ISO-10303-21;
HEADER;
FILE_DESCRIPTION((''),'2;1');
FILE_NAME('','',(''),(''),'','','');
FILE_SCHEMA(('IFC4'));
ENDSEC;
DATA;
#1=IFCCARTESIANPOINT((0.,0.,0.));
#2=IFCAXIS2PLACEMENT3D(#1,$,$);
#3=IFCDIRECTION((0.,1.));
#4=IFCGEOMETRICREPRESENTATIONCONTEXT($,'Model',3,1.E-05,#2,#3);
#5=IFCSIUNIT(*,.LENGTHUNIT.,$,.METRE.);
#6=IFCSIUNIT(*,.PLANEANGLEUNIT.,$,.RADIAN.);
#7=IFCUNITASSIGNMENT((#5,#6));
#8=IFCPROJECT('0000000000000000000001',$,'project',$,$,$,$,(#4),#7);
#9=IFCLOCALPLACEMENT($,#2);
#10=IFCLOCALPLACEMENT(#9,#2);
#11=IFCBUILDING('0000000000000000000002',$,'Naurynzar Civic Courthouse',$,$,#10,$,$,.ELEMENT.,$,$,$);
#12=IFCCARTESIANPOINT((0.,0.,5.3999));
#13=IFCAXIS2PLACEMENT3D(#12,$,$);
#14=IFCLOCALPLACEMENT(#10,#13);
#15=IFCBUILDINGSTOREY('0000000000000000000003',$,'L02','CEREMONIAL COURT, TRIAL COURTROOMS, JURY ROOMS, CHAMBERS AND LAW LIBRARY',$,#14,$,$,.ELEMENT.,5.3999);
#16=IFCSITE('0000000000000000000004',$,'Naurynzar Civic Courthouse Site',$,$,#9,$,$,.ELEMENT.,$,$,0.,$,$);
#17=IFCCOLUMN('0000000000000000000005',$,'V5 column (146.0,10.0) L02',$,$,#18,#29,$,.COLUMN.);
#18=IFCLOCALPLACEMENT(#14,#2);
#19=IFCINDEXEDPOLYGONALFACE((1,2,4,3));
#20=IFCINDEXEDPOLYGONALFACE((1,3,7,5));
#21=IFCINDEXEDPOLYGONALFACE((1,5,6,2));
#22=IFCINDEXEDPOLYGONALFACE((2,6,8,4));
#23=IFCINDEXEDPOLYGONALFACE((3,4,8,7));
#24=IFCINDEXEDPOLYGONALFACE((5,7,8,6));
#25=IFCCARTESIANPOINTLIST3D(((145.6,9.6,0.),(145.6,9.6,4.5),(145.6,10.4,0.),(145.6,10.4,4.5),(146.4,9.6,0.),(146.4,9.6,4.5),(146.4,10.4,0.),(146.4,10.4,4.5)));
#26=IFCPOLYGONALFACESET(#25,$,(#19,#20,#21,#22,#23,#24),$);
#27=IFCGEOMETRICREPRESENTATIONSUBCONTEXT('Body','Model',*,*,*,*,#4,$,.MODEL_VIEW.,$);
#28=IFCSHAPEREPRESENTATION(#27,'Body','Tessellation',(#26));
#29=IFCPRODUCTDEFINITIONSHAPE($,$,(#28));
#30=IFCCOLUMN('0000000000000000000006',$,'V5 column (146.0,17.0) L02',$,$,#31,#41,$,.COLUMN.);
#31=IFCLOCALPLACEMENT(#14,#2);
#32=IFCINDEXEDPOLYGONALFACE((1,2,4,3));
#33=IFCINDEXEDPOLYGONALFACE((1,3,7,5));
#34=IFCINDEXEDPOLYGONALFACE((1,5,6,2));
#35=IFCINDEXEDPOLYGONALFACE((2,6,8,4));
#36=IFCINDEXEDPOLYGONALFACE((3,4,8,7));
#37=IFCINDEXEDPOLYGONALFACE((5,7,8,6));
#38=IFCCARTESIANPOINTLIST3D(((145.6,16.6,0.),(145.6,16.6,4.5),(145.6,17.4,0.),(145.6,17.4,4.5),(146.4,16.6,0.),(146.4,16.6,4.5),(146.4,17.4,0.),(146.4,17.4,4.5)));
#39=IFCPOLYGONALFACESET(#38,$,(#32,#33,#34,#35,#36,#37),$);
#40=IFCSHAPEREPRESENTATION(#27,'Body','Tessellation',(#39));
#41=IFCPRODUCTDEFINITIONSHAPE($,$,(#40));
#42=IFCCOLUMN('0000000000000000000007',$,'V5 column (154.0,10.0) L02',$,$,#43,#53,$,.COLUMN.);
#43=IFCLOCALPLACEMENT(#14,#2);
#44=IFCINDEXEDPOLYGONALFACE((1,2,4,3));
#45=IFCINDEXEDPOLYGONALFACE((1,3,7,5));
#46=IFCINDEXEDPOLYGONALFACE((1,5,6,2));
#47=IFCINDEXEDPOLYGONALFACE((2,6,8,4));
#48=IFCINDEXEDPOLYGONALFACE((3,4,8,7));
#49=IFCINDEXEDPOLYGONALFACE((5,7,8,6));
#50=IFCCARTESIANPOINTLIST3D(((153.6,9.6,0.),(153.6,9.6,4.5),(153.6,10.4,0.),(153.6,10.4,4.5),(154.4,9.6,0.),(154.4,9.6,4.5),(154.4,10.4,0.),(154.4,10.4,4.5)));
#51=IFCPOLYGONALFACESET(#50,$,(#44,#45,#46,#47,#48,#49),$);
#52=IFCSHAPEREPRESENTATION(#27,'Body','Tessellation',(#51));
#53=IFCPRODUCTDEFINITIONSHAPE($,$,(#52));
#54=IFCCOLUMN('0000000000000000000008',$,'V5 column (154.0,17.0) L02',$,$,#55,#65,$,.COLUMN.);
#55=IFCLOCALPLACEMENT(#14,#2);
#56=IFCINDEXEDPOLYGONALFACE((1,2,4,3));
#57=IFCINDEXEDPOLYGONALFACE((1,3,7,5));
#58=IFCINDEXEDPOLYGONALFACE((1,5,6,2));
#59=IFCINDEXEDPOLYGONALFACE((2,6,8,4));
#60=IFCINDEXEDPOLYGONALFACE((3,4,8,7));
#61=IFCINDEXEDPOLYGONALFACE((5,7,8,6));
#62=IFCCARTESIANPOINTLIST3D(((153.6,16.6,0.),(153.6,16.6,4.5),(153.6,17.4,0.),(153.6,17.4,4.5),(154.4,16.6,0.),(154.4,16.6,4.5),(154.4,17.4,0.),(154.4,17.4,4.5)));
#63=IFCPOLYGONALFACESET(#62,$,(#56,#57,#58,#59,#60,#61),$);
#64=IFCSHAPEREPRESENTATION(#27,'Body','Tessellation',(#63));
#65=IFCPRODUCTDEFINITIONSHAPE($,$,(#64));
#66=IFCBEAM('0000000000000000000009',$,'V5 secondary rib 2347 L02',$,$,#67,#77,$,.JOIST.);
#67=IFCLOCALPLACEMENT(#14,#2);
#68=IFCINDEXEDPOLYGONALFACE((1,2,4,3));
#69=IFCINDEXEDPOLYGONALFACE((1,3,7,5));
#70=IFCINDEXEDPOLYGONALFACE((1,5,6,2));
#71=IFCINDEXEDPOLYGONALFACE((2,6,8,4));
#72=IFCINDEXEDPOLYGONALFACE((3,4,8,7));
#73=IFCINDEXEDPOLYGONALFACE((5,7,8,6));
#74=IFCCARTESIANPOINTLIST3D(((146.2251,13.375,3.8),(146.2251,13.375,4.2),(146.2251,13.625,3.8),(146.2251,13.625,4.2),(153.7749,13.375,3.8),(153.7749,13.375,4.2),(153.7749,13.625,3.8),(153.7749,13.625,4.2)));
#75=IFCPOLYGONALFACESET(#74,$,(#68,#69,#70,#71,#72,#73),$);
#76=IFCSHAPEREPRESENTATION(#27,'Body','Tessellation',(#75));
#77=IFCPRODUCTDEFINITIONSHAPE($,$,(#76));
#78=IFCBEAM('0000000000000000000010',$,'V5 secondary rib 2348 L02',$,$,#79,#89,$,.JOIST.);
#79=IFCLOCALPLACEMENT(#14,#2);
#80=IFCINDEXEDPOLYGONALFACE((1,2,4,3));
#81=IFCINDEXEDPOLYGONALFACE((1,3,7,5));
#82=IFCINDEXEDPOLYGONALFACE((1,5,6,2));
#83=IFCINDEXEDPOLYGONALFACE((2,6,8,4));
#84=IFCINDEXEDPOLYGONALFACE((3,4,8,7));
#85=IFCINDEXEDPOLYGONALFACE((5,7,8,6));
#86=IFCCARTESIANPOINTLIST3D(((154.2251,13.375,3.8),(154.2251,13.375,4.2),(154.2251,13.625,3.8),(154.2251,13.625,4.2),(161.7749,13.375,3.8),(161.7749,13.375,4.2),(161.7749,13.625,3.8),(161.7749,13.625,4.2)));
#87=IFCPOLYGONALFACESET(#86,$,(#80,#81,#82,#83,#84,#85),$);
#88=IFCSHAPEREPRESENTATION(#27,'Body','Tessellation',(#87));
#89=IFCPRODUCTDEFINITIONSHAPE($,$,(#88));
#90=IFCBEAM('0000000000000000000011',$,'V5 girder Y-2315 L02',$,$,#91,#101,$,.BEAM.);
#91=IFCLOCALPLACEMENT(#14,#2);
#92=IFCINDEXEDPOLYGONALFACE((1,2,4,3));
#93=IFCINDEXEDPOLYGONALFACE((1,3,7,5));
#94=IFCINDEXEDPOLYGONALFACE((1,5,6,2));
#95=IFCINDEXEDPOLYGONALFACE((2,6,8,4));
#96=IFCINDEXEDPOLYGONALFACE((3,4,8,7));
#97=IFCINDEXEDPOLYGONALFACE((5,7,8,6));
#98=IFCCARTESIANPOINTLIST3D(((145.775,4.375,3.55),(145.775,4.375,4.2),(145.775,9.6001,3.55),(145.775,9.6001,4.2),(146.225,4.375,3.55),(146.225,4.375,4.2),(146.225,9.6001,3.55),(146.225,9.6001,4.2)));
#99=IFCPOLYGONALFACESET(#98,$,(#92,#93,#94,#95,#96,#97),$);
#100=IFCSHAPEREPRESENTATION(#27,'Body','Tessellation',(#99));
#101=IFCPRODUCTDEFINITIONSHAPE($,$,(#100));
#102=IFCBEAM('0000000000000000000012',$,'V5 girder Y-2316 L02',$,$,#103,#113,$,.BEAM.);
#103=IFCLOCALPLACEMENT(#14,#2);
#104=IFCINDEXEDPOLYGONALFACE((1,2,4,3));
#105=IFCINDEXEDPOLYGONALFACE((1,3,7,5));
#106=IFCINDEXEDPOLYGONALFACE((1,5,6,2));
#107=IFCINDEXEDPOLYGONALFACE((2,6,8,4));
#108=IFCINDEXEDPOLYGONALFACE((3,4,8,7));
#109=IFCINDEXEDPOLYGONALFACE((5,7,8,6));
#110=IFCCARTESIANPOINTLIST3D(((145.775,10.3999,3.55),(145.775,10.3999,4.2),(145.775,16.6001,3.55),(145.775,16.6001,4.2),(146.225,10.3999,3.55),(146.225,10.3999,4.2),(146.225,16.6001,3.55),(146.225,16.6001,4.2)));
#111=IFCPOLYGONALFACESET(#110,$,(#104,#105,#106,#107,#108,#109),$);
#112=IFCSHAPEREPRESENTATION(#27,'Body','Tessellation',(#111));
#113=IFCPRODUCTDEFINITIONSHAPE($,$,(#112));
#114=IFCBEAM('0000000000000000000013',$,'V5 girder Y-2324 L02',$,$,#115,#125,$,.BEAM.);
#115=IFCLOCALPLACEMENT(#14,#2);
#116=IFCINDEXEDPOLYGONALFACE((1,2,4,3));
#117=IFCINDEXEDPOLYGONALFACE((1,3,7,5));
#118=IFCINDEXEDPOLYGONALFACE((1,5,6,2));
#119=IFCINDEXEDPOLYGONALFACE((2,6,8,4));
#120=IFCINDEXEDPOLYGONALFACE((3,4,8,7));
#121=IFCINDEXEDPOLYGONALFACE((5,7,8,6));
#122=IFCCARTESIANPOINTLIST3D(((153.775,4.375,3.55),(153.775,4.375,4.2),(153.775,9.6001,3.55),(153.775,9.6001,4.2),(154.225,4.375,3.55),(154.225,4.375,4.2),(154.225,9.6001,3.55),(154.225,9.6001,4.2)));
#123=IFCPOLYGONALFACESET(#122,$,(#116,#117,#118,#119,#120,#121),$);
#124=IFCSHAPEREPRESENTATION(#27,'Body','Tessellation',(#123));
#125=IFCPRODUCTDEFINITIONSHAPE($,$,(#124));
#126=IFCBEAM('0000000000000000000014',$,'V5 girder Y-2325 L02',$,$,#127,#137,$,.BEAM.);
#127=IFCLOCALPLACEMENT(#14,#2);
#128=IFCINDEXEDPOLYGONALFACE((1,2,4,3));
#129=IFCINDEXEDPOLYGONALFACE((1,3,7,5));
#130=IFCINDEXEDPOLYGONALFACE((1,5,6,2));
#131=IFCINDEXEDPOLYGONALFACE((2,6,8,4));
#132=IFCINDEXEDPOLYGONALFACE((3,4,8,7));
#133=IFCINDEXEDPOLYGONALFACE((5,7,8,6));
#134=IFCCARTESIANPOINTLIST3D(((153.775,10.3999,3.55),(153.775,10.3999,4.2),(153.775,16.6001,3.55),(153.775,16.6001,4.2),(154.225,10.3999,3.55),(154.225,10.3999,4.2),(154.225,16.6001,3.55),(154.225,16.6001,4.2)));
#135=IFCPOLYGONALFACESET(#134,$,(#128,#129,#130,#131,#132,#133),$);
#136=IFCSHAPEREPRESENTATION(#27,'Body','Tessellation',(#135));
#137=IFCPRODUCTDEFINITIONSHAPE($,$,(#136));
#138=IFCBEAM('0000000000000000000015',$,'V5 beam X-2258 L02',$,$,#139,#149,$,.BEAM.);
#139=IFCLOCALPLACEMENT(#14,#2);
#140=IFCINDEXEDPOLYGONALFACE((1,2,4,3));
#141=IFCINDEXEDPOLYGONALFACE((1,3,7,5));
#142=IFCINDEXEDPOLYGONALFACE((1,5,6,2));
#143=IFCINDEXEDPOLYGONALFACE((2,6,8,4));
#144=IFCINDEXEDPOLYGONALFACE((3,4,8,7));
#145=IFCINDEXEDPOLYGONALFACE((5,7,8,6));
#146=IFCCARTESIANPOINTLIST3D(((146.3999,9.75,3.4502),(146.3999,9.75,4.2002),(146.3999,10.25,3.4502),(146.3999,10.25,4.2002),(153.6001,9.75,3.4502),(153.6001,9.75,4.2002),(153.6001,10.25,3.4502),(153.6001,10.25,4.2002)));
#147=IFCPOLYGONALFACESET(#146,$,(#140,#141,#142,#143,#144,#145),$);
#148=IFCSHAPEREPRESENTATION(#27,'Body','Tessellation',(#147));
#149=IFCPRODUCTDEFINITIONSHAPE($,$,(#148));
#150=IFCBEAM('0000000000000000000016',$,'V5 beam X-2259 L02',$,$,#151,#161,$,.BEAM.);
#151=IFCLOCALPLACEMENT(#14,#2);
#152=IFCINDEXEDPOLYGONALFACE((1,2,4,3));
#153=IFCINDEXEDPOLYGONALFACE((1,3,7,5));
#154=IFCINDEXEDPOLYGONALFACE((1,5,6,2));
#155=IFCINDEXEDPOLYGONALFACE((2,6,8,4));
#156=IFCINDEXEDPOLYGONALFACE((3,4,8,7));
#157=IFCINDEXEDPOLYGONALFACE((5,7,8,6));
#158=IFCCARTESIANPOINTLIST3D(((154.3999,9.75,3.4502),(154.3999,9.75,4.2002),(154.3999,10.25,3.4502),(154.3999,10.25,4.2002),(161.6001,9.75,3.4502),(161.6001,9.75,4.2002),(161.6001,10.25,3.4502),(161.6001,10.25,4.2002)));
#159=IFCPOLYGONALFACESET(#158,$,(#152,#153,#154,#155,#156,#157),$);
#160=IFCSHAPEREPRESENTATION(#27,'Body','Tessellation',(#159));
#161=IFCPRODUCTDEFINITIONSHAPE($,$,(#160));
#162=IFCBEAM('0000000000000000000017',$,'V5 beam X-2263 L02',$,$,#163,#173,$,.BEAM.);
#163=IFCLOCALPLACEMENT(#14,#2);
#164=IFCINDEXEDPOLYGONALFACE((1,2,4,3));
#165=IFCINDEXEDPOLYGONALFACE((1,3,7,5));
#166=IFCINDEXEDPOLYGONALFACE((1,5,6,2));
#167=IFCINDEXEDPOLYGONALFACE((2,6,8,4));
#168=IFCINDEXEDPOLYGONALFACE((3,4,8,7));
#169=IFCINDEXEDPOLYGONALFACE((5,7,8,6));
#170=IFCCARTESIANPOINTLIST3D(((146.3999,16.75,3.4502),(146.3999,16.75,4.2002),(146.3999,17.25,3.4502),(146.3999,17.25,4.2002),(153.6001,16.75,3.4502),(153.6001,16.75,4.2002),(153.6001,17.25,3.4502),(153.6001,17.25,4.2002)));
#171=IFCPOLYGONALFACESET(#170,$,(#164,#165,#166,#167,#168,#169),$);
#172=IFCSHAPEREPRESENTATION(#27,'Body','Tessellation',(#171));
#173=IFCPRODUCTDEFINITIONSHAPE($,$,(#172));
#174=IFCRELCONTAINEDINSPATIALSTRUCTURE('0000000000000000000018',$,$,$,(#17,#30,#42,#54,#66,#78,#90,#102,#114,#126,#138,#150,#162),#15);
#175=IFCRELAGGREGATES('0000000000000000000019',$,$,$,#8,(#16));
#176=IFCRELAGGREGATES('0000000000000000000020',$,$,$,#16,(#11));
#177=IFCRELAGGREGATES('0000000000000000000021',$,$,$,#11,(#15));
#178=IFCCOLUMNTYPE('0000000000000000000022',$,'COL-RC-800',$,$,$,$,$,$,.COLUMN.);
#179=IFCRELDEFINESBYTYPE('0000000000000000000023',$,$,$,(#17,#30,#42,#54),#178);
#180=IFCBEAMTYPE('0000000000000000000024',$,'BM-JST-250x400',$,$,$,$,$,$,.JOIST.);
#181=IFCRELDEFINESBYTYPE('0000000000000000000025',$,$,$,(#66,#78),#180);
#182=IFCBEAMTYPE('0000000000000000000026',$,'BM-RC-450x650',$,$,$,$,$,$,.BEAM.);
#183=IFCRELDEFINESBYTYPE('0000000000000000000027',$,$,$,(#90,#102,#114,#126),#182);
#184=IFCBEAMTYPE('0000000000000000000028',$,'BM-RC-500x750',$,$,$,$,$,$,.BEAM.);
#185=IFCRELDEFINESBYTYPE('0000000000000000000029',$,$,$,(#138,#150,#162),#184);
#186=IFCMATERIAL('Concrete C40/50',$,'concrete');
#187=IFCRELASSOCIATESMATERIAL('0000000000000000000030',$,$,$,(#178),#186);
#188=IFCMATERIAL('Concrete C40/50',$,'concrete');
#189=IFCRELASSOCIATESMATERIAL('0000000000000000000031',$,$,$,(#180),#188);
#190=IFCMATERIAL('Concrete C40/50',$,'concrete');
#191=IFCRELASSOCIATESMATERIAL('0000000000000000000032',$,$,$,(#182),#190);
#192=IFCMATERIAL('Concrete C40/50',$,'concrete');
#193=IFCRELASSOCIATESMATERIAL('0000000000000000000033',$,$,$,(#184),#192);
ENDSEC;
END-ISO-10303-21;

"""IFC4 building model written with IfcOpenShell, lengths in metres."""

from ifc_helpers import new_model, si_unit, direction, frame, origin, origin_2d, place, context, subcontext, project, spatial, rectangle, extrude, material, material_profile, profile_set, type_object, element, save


model = new_model("IFC4")

# Units and contexts
model_context = context("Model", 3, precision=1e-05, world=origin(), true_north=direction((0.0, 1.0)))
body_context = subcontext(model_context, "Body", "Model", "MODEL_VIEW")
ifc_project = project(units=[si_unit("LENGTHUNIT", "METRE"), si_unit("PLANEANGLEUNIT", "RADIAN")], contexts=[model_context])

# Site, building, storey
site_placement = place(None, origin())
site = spatial("IfcSite", under=ifc_project, at=site_placement, Name="Naurynzar Civic Courthouse Site", CompositionType="ELEMENT", RefElevation=0.0)
building_placement = place(site_placement, origin())
building = spatial("IfcBuilding", under=site, at=building_placement, Name="Naurynzar Civic Courthouse", CompositionType="ELEMENT")
storey_placement = place(building_placement, frame((0.0, 0.0, 5.3999)))
storey = spatial("IfcBuildingStorey", under=building, at=storey_placement, Name="L02", Description="CEREMONIAL COURT, TRIAL COURTROOMS, JURY ROOMS, CHAMBERS AND LAW LIBRARY", CompositionType="ELEMENT", Elevation=5.3999)

# Columns
ifc_material_1 = material(Name="Concrete C40/50", Category="concrete")
ifc_material_profile_1 = material_profile(ifc_material_1, rectangle(XDim=0.8, YDim=0.8, at=origin_2d()), Name="RC 800x800")
ifc_profile_set_1 = profile_set([ifc_material_profile_1], Name="Concrete C40/50")
column_type = type_object("IfcColumnType", Name="COL-RC-800", PredefinedType="COLUMN", material=ifc_profile_set_1)
for number, where, z_axis, x_axis, name in (
    (1, (146.0, 10.0, 0.0), (0.0, 0.0, 1.0), (1.0, 0.0, 0.0), "V5 column (146.0,10.0) L02"),
    (2, (146.0, 17.0, 0.0), (0.0, 0.0, 1.0), (1.0, 0.0, 0.0), "V5 column (146.0,17.0) L02"),
    (3, (154.0, 10.0, 0.0), (0.0, 0.0, 1.0), (1.0, 0.0, 0.0), "V5 column (154.0,10.0) L02"),
    (4, (154.0, 17.0, 0.0), (0.0, 0.0, 1.0), (1.0, 0.0, 0.0), "V5 column (154.0,17.0) L02"),
):
    element("IfcColumn", number, at=place(storey_placement, frame(where, z_axis=z_axis, x_axis=x_axis)), inside=storey, type_object=column_type, Name=name, PredefinedType="COLUMN", context=body_context, shape_type="SweptSolid", body=[
        extrude(rectangle(XDim=0.8, YDim=0.8, at=origin_2d()), origin(), (0.0, 0.0, 1.0), 4.5),
    ])

# Beams
ifc_material_2 = material(Name="Concrete C40/50", Category="concrete")
ifc_material_profile_2 = material_profile(ifc_material_2, rectangle(XDim=0.25, YDim=0.3999, at=origin_2d()), Name="RCB 250x400")
ifc_profile_set_2 = profile_set([ifc_material_profile_2], Name="Concrete C40/50")
beam_type_1 = type_object("IfcBeamType", Name="BM-JST-250x400", PredefinedType="JOIST", material=ifc_profile_set_2)
for number, where, z_axis, x_axis, name in (
    (5, (146.2251, 13.5, 4.0), (1.0, 0.0, 0.0), (0.0, 1.0, 0.0), "V5 secondary rib 2347 L02"),
    (6, (154.2251, 13.5, 4.0), (1.0, 0.0, 0.0), (0.0, 1.0, 0.0), "V5 secondary rib 2348 L02"),
):
    element("IfcBeam", number, at=place(storey_placement, frame(where, z_axis=z_axis, x_axis=x_axis)), inside=storey, type_object=beam_type_1, Name=name, PredefinedType="JOIST", context=body_context, shape_type="SweptSolid", body=[
        extrude(rectangle(XDim=0.25, YDim=0.3999, at=origin_2d()), origin(), (0.0, 0.0, 1.0), 7.5498),
    ])
ifc_material_3 = material(Name="Concrete C40/50", Category="concrete")
ifc_material_profile_3 = material_profile(ifc_material_3, rectangle(XDim=0.45, YDim=0.6499, at=origin_2d()), Name="RCB 450x650")
ifc_profile_set_3 = profile_set([ifc_material_profile_3], Name="Concrete C40/50")
beam_type_2 = type_object("IfcBeamType", Name="BM-RC-450x650", PredefinedType="BEAM", material=ifc_profile_set_3)
beam_1_placement = place(storey_placement, frame((146.0, 4.375, 3.875), z_axis=(0.0, 1.0, 0.0), x_axis=(-1.0, 0.0, 0.0)))
element("IfcBeam", 7, at=beam_1_placement, inside=storey, type_object=beam_type_2, Name="V5 girder Y-2315 L02", PredefinedType="BEAM", context=body_context, shape_type="SweptSolid", body=[
    extrude(rectangle(XDim=0.45, YDim=0.6499, at=origin_2d()), origin(), (0.0, 0.0, 1.0), 5.2251),
])
beam_2_placement = place(storey_placement, frame((146.0, 10.3999, 3.875), z_axis=(0.0, 1.0, 0.0), x_axis=(-1.0, 0.0, 0.0)))
element("IfcBeam", 8, at=beam_2_placement, inside=storey, type_object=beam_type_2, Name="V5 girder Y-2316 L02", PredefinedType="BEAM", context=body_context, shape_type="SweptSolid", body=[
    extrude(rectangle(XDim=0.45, YDim=0.6499, at=origin_2d()), origin(), (0.0, 0.0, 1.0), 6.2002),
])
beam_3_placement = place(storey_placement, frame((154.0, 4.375, 3.875), z_axis=(0.0, 1.0, 0.0), x_axis=(-1.0, 0.0, 0.0)))
element("IfcBeam", 9, at=beam_3_placement, inside=storey, type_object=beam_type_2, Name="V5 girder Y-2324 L02", PredefinedType="BEAM", context=body_context, shape_type="SweptSolid", body=[
    extrude(rectangle(XDim=0.45, YDim=0.6499, at=origin_2d()), origin(), (0.0, 0.0, 1.0), 5.2251),
])
beam_4_placement = place(storey_placement, frame((154.0, 10.3999, 3.875), z_axis=(0.0, 1.0, 0.0), x_axis=(-1.0, 0.0, 0.0)))
element("IfcBeam", 10, at=beam_4_placement, inside=storey, type_object=beam_type_2, Name="V5 girder Y-2325 L02", PredefinedType="BEAM", context=body_context, shape_type="SweptSolid", body=[
    extrude(rectangle(XDim=0.45, YDim=0.6499, at=origin_2d()), origin(), (0.0, 0.0, 1.0), 6.2002),
])
ifc_material_4 = material(Name="Concrete C40/50", Category="concrete")
ifc_material_profile_4 = material_profile(ifc_material_4, rectangle(XDim=0.5, YDim=0.75, at=origin_2d()), Name="RCB 500x750")
ifc_profile_set_4 = profile_set([ifc_material_profile_4], Name="Concrete C40/50")
beam_type_3 = type_object("IfcBeamType", Name="BM-RC-500x750", PredefinedType="BEAM", material=ifc_profile_set_4)
for number, where, z_axis, x_axis, name in (
    (11, (146.3999, 10.0, 3.8252), (1.0, 0.0, 0.0), (0.0, 1.0, 0.0), "V5 beam X-2258 L02"),
    (12, (154.3999, 10.0, 3.8252), (1.0, 0.0, 0.0), (0.0, 1.0, 0.0), "V5 beam X-2259 L02"),
    (13, (146.3999, 17.0, 3.8252), (1.0, 0.0, 0.0), (0.0, 1.0, 0.0), "V5 beam X-2263 L02"),
):
    element("IfcBeam", number, at=place(storey_placement, frame(where, z_axis=z_axis, x_axis=x_axis)), inside=storey, type_object=beam_type_3, Name=name, PredefinedType="BEAM", context=body_context, shape_type="SweptSolid", body=[
        extrude(rectangle(XDim=0.5, YDim=0.75, at=origin_2d()), origin(), (0.0, 0.0, 1.0), 7.2002),
    ])

save(model, "model.ifc")
